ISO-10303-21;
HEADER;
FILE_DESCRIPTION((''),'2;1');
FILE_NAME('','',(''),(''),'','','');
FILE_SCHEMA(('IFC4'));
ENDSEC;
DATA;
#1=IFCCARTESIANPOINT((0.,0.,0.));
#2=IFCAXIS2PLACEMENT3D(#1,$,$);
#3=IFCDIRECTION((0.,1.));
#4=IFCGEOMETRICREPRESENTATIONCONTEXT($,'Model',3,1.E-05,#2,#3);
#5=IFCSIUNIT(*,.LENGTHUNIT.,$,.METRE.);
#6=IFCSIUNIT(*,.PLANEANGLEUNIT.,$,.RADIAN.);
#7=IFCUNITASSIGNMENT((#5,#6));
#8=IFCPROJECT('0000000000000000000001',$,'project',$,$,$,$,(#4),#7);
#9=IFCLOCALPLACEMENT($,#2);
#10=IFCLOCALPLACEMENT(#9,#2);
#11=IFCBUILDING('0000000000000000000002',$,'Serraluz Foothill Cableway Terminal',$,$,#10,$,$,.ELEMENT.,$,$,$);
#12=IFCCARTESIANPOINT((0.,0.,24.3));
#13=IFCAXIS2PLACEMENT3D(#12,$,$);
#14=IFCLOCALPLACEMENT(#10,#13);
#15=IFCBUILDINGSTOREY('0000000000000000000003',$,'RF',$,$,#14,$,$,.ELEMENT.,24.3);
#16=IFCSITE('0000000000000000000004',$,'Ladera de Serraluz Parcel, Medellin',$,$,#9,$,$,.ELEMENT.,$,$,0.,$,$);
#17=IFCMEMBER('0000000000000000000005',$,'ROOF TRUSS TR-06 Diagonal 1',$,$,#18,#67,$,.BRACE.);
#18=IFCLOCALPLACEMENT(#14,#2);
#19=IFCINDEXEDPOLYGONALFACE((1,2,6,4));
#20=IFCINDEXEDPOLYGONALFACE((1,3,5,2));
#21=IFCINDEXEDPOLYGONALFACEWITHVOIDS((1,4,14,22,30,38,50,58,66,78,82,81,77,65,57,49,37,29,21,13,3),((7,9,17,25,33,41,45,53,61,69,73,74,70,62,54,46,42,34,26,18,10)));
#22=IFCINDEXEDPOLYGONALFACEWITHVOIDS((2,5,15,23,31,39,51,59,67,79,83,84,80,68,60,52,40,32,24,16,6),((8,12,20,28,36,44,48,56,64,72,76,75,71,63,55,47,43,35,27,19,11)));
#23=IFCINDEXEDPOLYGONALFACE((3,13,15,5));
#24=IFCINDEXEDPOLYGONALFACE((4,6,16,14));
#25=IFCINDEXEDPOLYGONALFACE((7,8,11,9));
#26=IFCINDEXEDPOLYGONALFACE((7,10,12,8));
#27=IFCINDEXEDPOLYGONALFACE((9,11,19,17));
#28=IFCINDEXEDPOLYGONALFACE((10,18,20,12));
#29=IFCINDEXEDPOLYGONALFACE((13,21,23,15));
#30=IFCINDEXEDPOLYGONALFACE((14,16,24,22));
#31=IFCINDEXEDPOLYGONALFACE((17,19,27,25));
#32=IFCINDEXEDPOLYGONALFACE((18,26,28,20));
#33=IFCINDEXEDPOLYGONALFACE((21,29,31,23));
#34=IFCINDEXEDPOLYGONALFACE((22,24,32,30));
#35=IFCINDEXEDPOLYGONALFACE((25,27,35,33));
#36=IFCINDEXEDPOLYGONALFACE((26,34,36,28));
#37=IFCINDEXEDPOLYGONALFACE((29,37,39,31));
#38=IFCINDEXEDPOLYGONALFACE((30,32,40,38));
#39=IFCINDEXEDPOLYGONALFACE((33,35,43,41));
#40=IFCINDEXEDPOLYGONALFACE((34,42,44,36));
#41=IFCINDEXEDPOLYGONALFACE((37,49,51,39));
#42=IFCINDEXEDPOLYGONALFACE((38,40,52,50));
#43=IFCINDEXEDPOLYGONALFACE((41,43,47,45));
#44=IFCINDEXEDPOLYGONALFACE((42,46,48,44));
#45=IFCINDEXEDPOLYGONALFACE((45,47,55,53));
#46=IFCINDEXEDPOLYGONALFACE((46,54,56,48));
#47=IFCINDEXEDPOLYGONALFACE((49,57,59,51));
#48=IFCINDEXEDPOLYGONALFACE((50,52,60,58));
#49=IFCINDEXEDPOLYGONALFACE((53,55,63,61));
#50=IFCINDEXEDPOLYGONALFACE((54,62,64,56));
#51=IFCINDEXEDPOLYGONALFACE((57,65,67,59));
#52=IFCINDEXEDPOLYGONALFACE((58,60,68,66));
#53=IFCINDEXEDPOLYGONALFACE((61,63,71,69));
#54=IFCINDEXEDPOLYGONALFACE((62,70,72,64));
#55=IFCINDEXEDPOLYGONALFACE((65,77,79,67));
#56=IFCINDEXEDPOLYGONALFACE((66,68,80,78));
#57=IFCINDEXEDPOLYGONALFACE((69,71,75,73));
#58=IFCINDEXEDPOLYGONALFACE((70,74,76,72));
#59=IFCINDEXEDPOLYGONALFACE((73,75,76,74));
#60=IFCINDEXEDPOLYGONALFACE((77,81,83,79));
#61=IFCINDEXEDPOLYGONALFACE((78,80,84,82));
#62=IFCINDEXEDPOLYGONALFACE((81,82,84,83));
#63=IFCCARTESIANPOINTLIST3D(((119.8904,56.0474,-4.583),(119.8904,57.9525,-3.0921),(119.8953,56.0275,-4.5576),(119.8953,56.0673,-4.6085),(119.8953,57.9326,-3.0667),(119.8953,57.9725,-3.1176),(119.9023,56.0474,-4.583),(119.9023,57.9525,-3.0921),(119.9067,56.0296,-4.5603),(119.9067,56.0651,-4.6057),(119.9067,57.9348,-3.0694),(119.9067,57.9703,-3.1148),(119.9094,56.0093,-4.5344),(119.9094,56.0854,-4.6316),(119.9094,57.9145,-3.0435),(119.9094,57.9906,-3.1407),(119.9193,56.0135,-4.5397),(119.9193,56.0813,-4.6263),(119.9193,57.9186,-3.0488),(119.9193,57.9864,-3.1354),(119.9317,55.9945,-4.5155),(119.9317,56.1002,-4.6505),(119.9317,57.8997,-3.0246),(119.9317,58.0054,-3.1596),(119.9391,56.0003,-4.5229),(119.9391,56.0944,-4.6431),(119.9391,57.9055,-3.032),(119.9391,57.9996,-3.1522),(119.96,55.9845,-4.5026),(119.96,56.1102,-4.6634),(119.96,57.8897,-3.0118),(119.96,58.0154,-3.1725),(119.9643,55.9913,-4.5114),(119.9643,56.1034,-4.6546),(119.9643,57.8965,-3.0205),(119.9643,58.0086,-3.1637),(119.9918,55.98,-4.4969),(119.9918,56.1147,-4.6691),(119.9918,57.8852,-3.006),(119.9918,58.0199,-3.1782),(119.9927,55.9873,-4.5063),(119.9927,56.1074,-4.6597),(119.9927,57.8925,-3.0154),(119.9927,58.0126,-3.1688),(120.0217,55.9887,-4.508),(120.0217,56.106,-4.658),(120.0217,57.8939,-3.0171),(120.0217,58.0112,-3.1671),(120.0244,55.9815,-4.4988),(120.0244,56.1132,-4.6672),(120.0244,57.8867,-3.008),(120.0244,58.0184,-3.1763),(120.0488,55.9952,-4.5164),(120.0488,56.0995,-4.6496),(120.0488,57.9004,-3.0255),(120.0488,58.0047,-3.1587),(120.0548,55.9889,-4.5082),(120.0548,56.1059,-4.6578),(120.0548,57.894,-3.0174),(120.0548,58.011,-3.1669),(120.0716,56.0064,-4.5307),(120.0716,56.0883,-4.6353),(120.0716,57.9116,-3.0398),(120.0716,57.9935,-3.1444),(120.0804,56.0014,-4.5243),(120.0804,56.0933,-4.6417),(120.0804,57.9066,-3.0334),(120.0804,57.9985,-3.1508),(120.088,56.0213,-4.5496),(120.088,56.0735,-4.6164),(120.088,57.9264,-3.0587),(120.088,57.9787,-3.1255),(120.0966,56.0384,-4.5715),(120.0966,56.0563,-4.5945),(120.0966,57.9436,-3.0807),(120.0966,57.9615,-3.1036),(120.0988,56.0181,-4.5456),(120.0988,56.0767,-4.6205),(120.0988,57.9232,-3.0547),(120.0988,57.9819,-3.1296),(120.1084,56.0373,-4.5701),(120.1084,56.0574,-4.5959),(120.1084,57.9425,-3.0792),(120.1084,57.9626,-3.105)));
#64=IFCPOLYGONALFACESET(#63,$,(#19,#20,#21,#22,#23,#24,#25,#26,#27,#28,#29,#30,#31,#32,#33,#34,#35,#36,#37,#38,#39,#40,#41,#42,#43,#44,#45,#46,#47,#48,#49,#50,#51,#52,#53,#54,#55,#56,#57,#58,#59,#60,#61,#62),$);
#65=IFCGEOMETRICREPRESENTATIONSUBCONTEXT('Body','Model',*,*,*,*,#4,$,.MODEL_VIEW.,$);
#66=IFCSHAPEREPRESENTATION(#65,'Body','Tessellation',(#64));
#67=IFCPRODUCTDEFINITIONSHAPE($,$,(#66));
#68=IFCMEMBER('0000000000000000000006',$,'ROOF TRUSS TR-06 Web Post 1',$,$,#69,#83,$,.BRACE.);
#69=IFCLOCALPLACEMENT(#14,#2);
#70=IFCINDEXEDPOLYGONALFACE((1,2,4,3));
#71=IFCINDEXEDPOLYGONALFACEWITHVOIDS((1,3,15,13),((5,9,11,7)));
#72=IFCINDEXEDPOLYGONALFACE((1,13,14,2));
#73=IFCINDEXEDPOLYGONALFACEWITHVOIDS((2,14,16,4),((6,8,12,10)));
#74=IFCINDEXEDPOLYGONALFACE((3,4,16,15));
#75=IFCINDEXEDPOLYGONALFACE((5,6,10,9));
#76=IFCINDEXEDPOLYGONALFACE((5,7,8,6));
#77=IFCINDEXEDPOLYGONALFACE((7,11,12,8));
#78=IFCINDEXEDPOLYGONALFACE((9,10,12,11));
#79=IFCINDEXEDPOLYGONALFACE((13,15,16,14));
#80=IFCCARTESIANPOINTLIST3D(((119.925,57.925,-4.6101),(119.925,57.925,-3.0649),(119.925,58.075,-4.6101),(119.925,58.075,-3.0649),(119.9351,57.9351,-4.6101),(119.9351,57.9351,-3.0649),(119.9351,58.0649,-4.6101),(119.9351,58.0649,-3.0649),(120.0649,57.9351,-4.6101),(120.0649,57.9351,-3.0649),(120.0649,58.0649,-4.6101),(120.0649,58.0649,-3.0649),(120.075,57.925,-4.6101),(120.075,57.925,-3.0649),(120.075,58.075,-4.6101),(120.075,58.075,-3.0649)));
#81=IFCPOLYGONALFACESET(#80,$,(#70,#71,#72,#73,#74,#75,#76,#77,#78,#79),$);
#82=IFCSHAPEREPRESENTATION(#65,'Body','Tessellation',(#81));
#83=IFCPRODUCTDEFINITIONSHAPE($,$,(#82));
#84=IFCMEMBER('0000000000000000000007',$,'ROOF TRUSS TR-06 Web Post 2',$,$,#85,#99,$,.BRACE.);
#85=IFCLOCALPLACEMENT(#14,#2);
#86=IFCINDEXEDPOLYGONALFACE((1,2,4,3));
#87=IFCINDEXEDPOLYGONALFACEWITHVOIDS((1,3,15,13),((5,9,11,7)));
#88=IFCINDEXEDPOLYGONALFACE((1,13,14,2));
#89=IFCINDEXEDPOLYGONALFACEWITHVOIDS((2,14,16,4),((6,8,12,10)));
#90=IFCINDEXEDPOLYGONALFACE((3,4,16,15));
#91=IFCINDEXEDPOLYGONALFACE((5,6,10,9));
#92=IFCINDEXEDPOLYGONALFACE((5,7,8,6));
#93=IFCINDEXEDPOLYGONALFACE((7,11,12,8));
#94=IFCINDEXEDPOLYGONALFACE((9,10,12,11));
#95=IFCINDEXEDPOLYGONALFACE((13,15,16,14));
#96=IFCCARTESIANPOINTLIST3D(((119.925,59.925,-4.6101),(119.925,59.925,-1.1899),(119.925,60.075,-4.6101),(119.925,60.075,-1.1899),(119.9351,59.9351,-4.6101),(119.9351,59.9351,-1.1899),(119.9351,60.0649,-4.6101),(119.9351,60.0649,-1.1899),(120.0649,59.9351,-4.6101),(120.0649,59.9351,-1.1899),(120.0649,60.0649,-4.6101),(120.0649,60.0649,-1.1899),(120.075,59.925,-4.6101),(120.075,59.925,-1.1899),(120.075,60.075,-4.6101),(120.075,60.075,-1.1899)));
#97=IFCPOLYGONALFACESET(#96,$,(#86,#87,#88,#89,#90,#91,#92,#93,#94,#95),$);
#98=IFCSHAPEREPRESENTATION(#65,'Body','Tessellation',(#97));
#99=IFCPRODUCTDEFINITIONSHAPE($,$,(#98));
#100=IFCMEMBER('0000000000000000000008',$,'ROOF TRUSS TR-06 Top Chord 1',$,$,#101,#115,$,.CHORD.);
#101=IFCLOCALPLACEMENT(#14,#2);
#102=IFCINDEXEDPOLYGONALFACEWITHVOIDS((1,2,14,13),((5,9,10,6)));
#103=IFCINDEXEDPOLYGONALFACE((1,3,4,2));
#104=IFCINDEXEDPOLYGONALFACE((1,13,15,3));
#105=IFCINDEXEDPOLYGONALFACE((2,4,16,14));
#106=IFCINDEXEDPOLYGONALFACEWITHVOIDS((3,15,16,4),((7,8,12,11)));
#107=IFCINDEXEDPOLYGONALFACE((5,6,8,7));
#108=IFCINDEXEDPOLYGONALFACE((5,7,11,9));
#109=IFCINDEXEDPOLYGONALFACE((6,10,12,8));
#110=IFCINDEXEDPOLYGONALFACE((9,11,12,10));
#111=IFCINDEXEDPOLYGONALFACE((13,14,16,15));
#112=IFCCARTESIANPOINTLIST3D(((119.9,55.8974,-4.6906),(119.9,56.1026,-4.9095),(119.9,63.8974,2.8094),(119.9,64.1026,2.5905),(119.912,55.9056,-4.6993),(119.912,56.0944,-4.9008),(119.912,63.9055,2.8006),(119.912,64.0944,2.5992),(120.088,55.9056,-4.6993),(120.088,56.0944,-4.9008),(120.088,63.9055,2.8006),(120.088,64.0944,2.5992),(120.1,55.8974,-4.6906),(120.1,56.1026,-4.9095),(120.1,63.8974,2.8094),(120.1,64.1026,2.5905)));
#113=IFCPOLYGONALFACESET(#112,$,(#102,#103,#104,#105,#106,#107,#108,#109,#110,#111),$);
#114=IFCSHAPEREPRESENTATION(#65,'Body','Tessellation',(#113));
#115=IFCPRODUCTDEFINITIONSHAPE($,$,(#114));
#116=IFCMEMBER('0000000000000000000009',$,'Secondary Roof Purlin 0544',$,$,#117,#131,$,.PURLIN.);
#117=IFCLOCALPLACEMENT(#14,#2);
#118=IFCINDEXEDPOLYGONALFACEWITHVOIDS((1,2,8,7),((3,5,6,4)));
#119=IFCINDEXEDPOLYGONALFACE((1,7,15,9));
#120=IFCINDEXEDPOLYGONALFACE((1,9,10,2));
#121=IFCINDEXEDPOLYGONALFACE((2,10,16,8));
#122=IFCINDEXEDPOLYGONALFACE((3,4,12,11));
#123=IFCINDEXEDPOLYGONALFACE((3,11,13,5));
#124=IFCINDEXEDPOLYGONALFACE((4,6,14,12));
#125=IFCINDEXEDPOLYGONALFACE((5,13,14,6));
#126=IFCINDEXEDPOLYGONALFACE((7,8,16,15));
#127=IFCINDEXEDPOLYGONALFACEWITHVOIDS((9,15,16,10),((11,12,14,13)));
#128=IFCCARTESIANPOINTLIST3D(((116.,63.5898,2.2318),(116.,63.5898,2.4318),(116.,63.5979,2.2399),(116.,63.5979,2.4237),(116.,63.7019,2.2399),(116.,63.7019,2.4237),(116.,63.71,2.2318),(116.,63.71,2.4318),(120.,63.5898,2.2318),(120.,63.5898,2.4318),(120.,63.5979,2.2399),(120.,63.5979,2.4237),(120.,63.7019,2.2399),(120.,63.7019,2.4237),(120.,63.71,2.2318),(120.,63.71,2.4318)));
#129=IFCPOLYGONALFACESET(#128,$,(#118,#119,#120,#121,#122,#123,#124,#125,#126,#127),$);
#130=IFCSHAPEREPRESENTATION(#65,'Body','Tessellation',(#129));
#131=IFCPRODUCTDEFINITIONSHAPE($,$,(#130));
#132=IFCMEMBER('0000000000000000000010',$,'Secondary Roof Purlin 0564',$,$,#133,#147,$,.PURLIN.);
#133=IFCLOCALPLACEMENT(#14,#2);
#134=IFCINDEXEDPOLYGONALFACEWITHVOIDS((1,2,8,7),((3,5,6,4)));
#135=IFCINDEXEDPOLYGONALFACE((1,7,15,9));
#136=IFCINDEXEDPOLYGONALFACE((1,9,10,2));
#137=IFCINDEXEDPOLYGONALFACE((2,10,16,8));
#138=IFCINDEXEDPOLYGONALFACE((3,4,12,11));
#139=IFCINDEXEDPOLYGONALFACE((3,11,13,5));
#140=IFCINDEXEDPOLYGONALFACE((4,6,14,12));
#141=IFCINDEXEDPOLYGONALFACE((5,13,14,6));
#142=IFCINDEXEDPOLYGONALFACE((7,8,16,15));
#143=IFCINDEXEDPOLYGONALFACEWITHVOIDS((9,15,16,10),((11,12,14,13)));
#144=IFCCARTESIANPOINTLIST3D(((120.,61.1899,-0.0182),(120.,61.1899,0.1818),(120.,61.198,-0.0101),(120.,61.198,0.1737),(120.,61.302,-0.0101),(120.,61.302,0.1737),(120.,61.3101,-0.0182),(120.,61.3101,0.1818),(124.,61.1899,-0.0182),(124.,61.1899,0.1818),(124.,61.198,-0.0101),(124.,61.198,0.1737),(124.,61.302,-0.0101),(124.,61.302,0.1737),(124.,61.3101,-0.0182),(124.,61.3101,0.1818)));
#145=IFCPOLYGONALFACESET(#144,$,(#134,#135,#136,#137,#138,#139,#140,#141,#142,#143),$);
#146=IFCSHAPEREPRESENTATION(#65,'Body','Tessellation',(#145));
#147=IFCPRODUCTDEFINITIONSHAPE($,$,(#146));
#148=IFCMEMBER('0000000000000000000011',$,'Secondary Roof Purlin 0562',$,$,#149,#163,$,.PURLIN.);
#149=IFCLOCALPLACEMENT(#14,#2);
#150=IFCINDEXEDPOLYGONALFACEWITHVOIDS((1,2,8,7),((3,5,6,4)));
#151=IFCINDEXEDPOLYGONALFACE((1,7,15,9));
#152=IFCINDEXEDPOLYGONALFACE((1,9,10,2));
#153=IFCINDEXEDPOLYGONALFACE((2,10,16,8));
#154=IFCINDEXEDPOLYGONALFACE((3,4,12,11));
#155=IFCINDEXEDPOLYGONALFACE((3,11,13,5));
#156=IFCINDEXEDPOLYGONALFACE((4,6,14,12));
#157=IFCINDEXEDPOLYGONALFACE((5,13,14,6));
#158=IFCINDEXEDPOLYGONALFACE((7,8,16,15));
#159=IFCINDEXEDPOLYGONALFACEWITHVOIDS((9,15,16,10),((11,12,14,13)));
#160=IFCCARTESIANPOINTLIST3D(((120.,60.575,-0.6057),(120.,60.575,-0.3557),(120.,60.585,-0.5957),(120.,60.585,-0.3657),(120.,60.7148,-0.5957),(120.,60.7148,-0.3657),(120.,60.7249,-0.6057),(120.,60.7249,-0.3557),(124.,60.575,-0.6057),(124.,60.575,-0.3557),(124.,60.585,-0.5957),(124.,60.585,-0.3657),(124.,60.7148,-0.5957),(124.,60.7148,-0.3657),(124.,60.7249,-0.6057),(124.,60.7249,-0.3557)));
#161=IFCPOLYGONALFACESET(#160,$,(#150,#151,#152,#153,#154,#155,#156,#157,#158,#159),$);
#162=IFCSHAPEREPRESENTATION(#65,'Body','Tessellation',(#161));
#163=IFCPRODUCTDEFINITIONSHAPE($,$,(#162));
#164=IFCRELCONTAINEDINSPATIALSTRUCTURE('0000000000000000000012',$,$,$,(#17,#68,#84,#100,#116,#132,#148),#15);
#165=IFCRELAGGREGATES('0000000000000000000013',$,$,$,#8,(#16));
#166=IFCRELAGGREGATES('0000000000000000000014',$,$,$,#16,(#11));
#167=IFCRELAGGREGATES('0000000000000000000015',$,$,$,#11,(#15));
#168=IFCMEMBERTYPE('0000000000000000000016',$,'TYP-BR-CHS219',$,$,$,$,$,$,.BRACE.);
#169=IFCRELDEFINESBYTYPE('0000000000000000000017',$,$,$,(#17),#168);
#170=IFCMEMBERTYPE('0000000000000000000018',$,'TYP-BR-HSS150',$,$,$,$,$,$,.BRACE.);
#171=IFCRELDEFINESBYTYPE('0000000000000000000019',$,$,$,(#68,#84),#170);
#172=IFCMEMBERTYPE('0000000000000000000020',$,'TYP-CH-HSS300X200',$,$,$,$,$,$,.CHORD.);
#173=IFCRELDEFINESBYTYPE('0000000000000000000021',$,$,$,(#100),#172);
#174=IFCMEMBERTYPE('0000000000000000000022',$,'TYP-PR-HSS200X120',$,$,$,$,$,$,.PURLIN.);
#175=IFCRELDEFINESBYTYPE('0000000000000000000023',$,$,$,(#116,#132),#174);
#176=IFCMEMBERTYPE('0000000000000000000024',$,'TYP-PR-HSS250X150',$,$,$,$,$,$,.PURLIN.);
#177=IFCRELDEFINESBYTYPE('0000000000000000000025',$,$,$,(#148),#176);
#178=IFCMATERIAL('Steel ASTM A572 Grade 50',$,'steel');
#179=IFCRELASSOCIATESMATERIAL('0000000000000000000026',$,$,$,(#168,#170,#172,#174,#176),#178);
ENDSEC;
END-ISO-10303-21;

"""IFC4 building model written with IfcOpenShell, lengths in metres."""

from ifc_helpers import new_model, si_unit, direction, frame, origin, origin_2d, place, context, subcontext, project, spatial, hollow_rectangle, hollow_circle, extrude, material, material_profile, profile_set, type_object, element, save


model = new_model("IFC4")

# Units and contexts
model_context = context("Model", 3, precision=1e-05, world=origin(), true_north=direction((0.0, 1.0)))
body_context = subcontext(model_context, "Body", "Model", "MODEL_VIEW")
ifc_project = project(units=[si_unit("LENGTHUNIT", "METRE"), si_unit("PLANEANGLEUNIT", "RADIAN")], contexts=[model_context])

# Site, building, storey
site_placement = place(None, origin())
site = spatial("IfcSite", under=ifc_project, at=site_placement, Name="Ladera de Serraluz Parcel, Medellin", CompositionType="ELEMENT", RefElevation=0.0)
building_placement = place(site_placement, origin())
building = spatial("IfcBuilding", under=site, at=building_placement, Name="Serraluz Foothill Cableway Terminal", CompositionType="ELEMENT")
storey_placement = place(building_placement, frame((0.0, 0.0, 24.3)))
storey = spatial("IfcBuildingStorey", under=building, at=storey_placement, Name="RF", CompositionType="ELEMENT", Elevation=24.3)

# Members
ifc_material_1 = material(Name="Steel ASTM A572 Grade 50", Category="steel")
ifc_material_profile_1 = material_profile(ifc_material_1, hollow_circle(Radius=0.1096, WallThickness=0.012, at=origin_2d()), Name="CHS219X12")
ifc_profile_set_1 = profile_set([ifc_material_profile_1], Name="Steel ASTM A572 Grade 50")
member_type_1 = type_object("IfcMemberType", Name="TYP-BR-CHS219", PredefinedType="BRACE", material=ifc_profile_set_1)
member_1_placement = place(storey_placement, frame((120.0, 56.0474, -4.583), z_axis=(0.0, 0.787528, 0.616278), x_axis=(-1.0, 0.0, 0.0)))
element("IfcMember", 1, at=member_1_placement, inside=storey, type_object=member_type_1, Name="ROOF TRUSS TR-06 Diagonal 1", PredefinedType="BRACE", context=body_context, shape_type="SweptSolid", body=[
    extrude(hollow_circle(Radius=0.1096, WallThickness=0.012, at=origin_2d()), origin(), (0.0, 0.0, 1.0), 2.4192),
])
ifc_material_profile_2 = material_profile(ifc_material_1, hollow_rectangle(XDim=0.1499, YDim=0.1499, WallThickness=0.01, at=origin_2d()), Name="HSS150X150X10")
ifc_profile_set_2 = profile_set([ifc_material_profile_2], Name="Steel ASTM A572 Grade 50")
member_type_2 = type_object("IfcMemberType", Name="TYP-BR-HSS150", PredefinedType="BRACE", material=ifc_profile_set_2)
member_2_placement = place(storey_placement, frame((120.0, 58.0, -4.6101), z_axis=(0.0, 0.0, 1.0), x_axis=(1.0, 0.0, 0.0)))
element("IfcMember", 2, at=member_2_placement, inside=storey, type_object=member_type_2, Name="ROOF TRUSS TR-06 Web Post 1", PredefinedType="BRACE", context=body_context, shape_type="SweptSolid", body=[
    extrude(hollow_rectangle(XDim=0.1499, YDim=0.1499, WallThickness=0.01, at=origin_2d()), origin(), (0.0, 0.0, 1.0), 1.5452),
])
member_3_placement = place(storey_placement, frame((120.0, 60.0, -4.6101), z_axis=(0.0, 0.0, 1.0), x_axis=(1.0, 0.0, 0.0)))
element("IfcMember", 3, at=member_3_placement, inside=storey, type_object=member_type_2, Name="ROOF TRUSS TR-06 Web Post 2", PredefinedType="BRACE", context=body_context, shape_type="SweptSolid", body=[
    extrude(hollow_rectangle(XDim=0.1499, YDim=0.1499, WallThickness=0.01, at=origin_2d()), origin(), (0.0, 0.0, 1.0), 3.4202),
])
ifc_material_profile_3 = material_profile(ifc_material_1, hollow_rectangle(XDim=0.2, YDim=0.3, WallThickness=0.012, at=origin_2d()), Name="HSS300X200X12")
ifc_profile_set_3 = profile_set([ifc_material_profile_3], Name="Steel ASTM A572 Grade 50")
member_type_3 = type_object("IfcMemberType", Name="TYP-CH-HSS300X200", PredefinedType="CHORD", material=ifc_profile_set_3)
member_4_placement = place(storey_placement, frame((120.0, 56.0, -4.8), z_axis=(0.0, 0.729537, 0.683941), x_axis=(-1.0, 0.0, 0.0)))
element("IfcMember", 4, at=member_4_placement, inside=storey, type_object=member_type_3, Name="ROOF TRUSS TR-06 Top Chord 1", PredefinedType="CHORD", context=body_context, shape_type="SweptSolid", body=[
    extrude(hollow_rectangle(XDim=0.2, YDim=0.3, WallThickness=0.012, at=origin_2d()), origin(), (0.0, 0.0, 1.0), 10.9658),
])
ifc_material_profile_4 = material_profile(ifc_material_1, hollow_rectangle(XDim=0.1201, YDim=0.2, WallThickness=0.0081, at=origin_2d()), Name="HSS200X120X8")
ifc_profile_set_4 = profile_set([ifc_material_profile_4], Name="Steel ASTM A572 Grade 50")
member_type_4 = type_object("IfcMemberType", Name="TYP-PR-HSS200X120", PredefinedType="PURLIN", material=ifc_profile_set_4)
for number, where, z_axis, x_axis, name in (
    (5, (116.0, 63.6499, 2.3318), (1.0, 0.0, 0.0), (0.0, 1.0, 0.0), "Secondary Roof Purlin 0544"),
    (6, (120.0, 61.25, 0.0818), (1.0, 0.0, 0.0), (0.0, 1.0, 0.0), "Secondary Roof Purlin 0564"),
):
    element("IfcMember", number, at=place(storey_placement, frame(where, z_axis=z_axis, x_axis=x_axis)), inside=storey, type_object=member_type_4, Name=name, PredefinedType="PURLIN", context=body_context, shape_type="SweptSolid", body=[
        extrude(hollow_rectangle(XDim=0.1201, YDim=0.2, WallThickness=0.0081, at=origin_2d()), origin(), (0.0, 0.0, 1.0), 4.0),
    ])
ifc_material_profile_5 = material_profile(ifc_material_1, hollow_rectangle(XDim=0.1499, YDim=0.25, WallThickness=0.01, at=origin_2d()), Name="HSS250X150X10")
ifc_profile_set_5 = profile_set([ifc_material_profile_5], Name="Steel ASTM A572 Grade 50")
member_type_5 = type_object("IfcMemberType", Name="TYP-PR-HSS250X150", PredefinedType="PURLIN", material=ifc_profile_set_5)
member_5_placement = place(storey_placement, frame((120.0, 60.6499, -0.4807), z_axis=(1.0, 0.0, 0.0), x_axis=(0.0, 1.0, 0.0)))
element("IfcMember", 7, at=member_5_placement, inside=storey, type_object=member_type_5, Name="Secondary Roof Purlin 0562", PredefinedType="PURLIN", context=body_context, shape_type="SweptSolid", body=[
    extrude(hollow_rectangle(XDim=0.1499, YDim=0.25, WallThickness=0.01, at=origin_2d()), origin(), (0.0, 0.0, 1.0), 4.0),
])

save(model, "model.ifc")
